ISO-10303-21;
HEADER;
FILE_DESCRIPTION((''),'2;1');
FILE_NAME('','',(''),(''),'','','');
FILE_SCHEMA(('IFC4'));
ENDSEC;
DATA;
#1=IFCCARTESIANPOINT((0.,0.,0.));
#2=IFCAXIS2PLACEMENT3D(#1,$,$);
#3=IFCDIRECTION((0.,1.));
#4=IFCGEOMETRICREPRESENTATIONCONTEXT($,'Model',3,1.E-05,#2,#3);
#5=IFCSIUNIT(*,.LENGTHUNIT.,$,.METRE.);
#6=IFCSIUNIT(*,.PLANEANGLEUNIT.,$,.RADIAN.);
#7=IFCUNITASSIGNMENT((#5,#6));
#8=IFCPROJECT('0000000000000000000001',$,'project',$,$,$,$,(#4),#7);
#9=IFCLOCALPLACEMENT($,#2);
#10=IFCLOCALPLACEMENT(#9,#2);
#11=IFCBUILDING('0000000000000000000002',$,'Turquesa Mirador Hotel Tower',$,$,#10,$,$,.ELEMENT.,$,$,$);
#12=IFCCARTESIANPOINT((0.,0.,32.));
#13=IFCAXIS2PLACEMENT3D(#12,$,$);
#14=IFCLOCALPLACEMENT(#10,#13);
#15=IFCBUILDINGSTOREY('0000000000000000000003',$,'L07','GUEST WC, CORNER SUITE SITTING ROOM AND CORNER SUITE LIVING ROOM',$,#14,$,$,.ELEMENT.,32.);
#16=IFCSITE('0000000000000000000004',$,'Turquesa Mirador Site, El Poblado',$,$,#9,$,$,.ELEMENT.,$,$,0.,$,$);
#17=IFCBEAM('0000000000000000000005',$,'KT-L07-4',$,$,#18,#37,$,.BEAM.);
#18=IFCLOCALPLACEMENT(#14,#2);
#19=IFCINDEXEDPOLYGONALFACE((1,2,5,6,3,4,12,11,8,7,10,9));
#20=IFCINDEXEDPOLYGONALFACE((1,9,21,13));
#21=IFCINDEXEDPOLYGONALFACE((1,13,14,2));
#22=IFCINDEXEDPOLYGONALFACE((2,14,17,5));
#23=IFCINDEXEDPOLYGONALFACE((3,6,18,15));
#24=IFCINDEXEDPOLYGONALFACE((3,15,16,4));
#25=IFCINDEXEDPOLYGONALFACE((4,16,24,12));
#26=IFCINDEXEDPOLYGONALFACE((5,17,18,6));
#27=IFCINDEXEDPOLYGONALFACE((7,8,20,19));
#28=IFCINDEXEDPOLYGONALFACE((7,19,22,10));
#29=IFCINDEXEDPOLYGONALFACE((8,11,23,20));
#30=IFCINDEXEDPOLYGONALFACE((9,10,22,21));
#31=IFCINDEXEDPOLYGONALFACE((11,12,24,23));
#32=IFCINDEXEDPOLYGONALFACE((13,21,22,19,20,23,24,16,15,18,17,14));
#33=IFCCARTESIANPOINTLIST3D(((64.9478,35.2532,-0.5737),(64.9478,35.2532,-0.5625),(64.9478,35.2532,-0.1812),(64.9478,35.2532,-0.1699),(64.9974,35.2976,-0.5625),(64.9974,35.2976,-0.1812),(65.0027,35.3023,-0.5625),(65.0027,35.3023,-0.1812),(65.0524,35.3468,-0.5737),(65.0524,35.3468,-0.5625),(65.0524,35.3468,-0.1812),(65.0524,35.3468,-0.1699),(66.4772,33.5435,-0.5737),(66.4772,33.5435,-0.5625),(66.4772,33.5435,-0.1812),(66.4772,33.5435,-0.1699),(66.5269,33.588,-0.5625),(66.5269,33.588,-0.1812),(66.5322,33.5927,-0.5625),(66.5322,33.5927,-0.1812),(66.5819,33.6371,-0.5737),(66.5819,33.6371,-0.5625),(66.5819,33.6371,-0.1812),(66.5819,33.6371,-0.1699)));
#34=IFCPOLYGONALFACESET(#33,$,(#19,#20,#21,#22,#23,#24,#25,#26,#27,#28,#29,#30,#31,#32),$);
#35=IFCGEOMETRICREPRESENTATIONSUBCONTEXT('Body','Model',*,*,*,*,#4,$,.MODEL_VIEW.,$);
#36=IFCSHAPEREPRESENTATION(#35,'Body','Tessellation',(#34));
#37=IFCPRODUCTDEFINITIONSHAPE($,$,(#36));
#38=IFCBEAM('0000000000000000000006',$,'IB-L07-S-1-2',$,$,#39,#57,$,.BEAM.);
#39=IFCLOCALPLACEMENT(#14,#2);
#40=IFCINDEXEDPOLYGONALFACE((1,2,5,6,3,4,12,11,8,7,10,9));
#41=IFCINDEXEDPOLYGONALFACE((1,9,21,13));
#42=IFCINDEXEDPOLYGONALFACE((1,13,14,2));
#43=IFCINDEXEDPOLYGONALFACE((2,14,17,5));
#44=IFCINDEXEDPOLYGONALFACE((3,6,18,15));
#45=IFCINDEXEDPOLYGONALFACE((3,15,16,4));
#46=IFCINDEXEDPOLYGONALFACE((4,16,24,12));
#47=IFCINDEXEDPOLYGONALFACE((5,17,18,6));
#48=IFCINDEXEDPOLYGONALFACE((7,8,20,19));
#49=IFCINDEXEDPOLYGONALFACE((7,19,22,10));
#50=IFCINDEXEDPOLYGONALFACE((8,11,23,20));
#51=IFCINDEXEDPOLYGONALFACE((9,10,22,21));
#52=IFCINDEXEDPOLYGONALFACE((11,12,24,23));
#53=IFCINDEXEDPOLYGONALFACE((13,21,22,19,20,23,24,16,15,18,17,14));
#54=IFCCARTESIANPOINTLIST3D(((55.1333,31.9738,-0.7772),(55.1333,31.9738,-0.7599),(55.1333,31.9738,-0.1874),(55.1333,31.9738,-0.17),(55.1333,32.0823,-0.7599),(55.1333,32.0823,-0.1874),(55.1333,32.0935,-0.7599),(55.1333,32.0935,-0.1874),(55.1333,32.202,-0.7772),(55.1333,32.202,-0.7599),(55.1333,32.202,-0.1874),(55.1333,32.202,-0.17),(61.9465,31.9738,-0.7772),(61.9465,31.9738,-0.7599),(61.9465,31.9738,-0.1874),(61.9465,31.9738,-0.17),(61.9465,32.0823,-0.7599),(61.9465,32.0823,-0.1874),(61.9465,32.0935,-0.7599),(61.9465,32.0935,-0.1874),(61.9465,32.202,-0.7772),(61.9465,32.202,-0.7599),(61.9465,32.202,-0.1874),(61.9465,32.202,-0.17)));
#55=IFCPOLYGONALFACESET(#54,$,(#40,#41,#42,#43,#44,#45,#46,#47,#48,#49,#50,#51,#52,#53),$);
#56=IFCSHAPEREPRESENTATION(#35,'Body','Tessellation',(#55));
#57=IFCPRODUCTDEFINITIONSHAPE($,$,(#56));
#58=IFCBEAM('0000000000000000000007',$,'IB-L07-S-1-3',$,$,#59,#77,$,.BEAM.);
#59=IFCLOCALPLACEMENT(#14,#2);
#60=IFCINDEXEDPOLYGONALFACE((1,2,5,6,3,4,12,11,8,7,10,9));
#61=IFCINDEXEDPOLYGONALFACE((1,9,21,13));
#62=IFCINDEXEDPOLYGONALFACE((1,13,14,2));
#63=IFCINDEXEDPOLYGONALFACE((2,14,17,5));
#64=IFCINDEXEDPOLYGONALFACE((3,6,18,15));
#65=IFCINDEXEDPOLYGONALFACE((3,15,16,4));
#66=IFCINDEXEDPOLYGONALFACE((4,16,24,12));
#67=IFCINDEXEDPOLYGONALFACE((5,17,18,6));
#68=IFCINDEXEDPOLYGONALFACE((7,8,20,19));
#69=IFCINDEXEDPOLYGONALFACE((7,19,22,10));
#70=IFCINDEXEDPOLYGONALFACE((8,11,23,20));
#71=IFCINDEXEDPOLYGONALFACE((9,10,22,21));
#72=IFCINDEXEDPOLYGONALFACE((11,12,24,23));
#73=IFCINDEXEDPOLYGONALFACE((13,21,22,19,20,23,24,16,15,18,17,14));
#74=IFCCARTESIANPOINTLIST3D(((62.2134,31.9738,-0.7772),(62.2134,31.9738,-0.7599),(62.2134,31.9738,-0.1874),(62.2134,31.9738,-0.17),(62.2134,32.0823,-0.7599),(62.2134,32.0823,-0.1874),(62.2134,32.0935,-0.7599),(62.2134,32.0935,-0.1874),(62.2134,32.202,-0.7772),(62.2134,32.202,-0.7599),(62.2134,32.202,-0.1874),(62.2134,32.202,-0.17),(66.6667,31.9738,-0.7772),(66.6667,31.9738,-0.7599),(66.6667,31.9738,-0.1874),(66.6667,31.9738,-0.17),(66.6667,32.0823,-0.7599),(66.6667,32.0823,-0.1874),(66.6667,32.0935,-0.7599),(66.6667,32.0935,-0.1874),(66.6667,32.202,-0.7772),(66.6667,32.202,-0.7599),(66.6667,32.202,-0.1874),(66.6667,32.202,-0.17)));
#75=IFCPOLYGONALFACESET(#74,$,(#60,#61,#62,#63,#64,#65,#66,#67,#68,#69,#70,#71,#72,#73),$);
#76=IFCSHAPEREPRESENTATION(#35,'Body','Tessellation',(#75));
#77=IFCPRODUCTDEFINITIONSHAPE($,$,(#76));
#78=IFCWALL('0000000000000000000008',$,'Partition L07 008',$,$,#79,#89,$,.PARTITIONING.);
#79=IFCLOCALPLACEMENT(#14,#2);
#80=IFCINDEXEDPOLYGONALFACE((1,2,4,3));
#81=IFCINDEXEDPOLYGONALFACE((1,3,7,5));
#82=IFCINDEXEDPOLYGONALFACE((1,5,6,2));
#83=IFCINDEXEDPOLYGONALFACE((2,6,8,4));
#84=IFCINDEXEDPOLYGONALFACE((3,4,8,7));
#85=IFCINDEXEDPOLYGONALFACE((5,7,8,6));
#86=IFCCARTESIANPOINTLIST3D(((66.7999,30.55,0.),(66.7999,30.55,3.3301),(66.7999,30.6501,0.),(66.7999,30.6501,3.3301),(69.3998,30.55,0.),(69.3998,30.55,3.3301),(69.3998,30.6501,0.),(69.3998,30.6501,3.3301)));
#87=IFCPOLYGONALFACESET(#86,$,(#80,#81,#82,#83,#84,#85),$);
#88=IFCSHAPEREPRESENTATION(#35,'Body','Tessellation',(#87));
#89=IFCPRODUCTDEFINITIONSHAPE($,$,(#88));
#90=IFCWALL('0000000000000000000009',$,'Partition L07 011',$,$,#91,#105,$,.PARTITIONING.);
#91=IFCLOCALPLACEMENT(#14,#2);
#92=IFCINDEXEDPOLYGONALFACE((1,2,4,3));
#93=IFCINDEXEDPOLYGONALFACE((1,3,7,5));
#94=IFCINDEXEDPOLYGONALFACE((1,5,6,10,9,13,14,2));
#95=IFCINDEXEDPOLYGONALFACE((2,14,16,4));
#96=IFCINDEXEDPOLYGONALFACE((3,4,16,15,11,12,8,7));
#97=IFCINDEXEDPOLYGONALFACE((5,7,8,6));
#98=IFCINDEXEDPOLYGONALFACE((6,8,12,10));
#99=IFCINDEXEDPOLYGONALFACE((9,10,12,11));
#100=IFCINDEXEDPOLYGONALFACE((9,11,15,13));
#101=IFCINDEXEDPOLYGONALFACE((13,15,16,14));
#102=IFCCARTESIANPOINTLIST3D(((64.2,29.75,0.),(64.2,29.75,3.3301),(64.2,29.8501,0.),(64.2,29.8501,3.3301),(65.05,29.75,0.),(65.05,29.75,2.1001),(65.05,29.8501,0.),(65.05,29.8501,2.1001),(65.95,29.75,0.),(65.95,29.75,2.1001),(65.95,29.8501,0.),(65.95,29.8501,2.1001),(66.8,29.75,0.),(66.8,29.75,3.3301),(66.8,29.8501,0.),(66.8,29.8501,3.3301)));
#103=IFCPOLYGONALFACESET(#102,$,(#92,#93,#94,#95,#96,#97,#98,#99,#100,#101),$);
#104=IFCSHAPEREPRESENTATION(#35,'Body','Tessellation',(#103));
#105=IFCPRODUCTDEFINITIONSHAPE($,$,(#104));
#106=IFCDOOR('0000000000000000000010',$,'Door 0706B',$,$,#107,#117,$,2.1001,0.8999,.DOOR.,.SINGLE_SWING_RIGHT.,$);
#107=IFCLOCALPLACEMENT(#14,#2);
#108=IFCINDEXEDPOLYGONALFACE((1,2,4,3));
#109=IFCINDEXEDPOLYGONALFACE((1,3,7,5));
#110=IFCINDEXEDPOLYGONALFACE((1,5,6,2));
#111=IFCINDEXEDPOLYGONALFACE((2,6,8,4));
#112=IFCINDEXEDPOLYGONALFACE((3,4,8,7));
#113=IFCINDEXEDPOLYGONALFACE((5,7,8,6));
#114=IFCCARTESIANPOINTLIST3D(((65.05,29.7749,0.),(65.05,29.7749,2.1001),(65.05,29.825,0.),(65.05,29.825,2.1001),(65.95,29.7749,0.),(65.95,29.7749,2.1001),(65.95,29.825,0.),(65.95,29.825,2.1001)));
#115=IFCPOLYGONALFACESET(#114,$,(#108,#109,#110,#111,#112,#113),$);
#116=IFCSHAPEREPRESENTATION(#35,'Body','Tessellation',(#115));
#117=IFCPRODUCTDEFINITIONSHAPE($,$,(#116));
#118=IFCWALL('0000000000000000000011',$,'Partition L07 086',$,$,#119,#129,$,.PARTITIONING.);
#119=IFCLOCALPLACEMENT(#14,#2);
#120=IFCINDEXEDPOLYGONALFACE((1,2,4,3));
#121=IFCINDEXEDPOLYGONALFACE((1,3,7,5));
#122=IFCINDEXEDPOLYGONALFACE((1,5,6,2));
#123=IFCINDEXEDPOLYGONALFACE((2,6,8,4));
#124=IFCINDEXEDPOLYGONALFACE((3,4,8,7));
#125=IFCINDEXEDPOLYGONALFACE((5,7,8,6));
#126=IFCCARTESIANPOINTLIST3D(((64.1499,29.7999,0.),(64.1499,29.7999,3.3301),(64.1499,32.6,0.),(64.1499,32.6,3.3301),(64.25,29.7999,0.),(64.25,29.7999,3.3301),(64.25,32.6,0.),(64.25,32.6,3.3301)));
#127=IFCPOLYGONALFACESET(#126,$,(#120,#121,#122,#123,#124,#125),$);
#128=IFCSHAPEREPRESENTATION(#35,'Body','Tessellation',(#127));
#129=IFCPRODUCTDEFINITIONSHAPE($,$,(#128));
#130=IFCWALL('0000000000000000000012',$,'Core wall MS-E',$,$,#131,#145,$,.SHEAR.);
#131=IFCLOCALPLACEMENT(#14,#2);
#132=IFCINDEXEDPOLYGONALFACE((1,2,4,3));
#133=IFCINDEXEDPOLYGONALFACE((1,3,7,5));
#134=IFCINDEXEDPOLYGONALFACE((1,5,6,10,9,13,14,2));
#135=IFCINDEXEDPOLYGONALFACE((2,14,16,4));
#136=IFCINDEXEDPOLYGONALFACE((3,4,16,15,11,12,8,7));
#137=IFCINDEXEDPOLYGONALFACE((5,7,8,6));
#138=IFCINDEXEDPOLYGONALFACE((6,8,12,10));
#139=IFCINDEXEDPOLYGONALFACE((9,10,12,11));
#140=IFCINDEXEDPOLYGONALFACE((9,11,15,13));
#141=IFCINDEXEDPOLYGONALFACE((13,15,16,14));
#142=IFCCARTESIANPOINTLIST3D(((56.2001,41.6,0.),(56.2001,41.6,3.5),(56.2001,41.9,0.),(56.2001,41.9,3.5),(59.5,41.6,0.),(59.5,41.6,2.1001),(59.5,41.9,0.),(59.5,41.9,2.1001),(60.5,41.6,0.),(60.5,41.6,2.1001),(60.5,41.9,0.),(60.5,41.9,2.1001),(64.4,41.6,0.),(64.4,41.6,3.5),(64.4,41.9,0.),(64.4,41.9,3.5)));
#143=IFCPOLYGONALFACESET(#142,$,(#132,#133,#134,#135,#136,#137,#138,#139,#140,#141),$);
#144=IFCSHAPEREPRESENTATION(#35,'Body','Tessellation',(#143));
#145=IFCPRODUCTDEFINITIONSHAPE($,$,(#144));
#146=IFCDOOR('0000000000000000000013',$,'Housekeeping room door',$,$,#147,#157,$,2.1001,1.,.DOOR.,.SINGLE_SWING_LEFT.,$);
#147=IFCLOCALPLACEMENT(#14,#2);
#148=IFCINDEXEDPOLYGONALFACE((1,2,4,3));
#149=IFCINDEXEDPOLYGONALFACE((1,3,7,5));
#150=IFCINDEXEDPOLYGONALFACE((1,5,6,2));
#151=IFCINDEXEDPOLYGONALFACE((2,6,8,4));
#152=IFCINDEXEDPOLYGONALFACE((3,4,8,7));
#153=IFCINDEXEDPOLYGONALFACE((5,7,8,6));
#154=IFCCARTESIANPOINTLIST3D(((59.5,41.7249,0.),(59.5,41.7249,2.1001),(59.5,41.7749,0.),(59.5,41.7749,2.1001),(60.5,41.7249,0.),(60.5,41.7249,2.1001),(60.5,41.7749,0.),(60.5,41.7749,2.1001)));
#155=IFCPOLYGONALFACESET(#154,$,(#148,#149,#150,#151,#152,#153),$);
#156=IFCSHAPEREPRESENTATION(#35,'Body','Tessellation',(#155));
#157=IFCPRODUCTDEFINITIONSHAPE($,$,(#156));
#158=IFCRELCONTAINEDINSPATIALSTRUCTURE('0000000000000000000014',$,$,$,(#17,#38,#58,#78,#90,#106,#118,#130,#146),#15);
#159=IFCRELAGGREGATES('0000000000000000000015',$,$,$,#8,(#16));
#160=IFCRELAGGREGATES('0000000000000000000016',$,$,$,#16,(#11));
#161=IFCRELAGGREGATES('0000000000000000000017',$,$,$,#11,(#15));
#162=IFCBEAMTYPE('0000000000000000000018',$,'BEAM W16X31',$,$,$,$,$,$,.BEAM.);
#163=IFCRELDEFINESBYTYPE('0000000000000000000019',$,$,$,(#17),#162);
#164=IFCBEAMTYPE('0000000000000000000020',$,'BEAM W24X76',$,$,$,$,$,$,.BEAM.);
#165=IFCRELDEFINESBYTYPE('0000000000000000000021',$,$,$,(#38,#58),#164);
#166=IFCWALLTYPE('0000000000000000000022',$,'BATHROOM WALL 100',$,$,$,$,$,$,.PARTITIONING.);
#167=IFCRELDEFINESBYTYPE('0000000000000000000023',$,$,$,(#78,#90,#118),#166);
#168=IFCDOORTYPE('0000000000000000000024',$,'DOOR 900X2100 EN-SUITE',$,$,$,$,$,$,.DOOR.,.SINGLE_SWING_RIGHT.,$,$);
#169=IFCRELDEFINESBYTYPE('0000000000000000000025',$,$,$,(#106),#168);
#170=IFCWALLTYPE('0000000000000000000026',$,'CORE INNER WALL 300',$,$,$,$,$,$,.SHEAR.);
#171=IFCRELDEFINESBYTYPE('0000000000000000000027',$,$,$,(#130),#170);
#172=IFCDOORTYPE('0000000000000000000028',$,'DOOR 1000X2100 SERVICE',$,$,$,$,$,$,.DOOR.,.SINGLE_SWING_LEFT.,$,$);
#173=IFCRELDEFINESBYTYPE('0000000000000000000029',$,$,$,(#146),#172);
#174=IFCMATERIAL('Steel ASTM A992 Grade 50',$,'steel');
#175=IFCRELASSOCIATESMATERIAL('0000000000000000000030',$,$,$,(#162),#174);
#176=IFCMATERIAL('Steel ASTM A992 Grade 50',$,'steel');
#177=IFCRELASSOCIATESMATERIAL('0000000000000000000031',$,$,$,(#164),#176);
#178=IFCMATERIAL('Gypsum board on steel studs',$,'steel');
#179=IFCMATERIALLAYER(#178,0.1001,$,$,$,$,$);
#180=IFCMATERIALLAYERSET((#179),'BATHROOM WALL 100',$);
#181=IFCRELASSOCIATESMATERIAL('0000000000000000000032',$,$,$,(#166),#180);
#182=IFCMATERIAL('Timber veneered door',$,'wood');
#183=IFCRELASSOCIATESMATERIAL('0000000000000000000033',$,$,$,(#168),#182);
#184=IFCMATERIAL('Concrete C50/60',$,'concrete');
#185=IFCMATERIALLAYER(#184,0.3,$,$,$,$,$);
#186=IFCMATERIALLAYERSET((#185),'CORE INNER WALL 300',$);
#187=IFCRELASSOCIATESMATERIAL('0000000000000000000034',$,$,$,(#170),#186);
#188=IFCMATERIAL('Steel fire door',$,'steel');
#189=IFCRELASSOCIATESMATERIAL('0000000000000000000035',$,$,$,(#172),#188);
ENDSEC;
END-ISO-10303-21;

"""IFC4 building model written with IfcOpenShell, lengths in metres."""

from ifc_helpers import new_model, si_unit, direction, frame, frame_2d, origin, origin_2d, place, context, subcontext, project, spatial, rectangle, i_section, extrude, material, layer, layer_set, material_profile, profile_set, type_object, element, fill, save


model = new_model("IFC4")

# Units and contexts
model_context = context("Model", 3, precision=1e-05, world=origin(), true_north=direction((0.0, 1.0)))
body_context = subcontext(model_context, "Body", "Model", "MODEL_VIEW")
ifc_project = project(units=[si_unit("LENGTHUNIT", "METRE"), si_unit("PLANEANGLEUNIT", "RADIAN")], contexts=[model_context])

# Site, building, storey
site_placement = place(None, origin())
site = spatial("IfcSite", under=ifc_project, at=site_placement, Name="Turquesa Mirador Site, El Poblado", CompositionType="ELEMENT", RefElevation=0.0)
building_placement = place(site_placement, origin())
building = spatial("IfcBuilding", under=site, at=building_placement, Name="Turquesa Mirador Hotel Tower", CompositionType="ELEMENT")
storey_placement = place(building_placement, frame((0.0, 0.0, 32.0)))
storey = spatial("IfcBuildingStorey", under=building, at=storey_placement, Name="L07", Description="GUEST WC, CORNER SUITE SITTING ROOM AND CORNER SUITE LIVING ROOM", CompositionType="ELEMENT", Elevation=32.0)

# Beams
ifc_material_1 = material(Name="Steel ASTM A992 Grade 50", Category="steel")
ifc_material_profile_1 = material_profile(ifc_material_1, i_section(OverallWidth=0.1404, OverallDepth=0.4038, WebThickness=0.0071, FlangeThickness=0.0112, at=origin_2d()), Name="W16X31")
ifc_profile_set_1 = profile_set([ifc_material_profile_1], Name="Steel ASTM A992 Grade 50")
beam_type_1 = type_object("IfcBeamType", Name="BEAM W16X31", PredefinedType="BEAM", material=ifc_profile_set_1)
beam_1_placement = place(storey_placement, frame((66.5295, 33.5903, -0.3718), z_axis=(-0.666745, 0.745286, 0.0), x_axis=(-0.745286, -0.666745, 0.0)))
element("IfcBeam", 1, at=beam_1_placement, inside=storey, type_object=beam_type_1, Name="KT-L07-4", PredefinedType="BEAM", context=body_context, shape_type="SweptSolid", body=[
    extrude(i_section(OverallWidth=0.1404, OverallDepth=0.4038, WebThickness=0.0071, FlangeThickness=0.0112, at=origin_2d()), origin(), (0.0, 0.0, 1.0), 2.2939),
])
ifc_material_2 = material(Name="Steel ASTM A992 Grade 50", Category="steel")
ifc_material_profile_2 = material_profile(ifc_material_2, i_section(OverallWidth=0.2283, OverallDepth=0.6072, WebThickness=0.0112, FlangeThickness=0.0173, at=origin_2d()), Name="W24X76")
ifc_profile_set_2 = profile_set([ifc_material_profile_2], Name="Steel ASTM A992 Grade 50")
beam_type_2 = type_object("IfcBeamType", Name="BEAM W24X76", PredefinedType="BEAM", material=ifc_profile_set_2)
beam_2_placement = place(storey_placement, frame((55.1333, 32.0879, -0.4736), z_axis=(1.0, 0.0, 0.0), x_axis=(0.0, 1.0, 0.0)))
element("IfcBeam", 2, at=beam_2_placement, inside=storey, type_object=beam_type_2, Name="IB-L07-S-1-2", PredefinedType="BEAM", context=body_context, shape_type="SweptSolid", body=[
    extrude(i_section(OverallWidth=0.2283, OverallDepth=0.6072, WebThickness=0.0112, FlangeThickness=0.0173, at=origin_2d()), origin(), (0.0, 0.0, 1.0), 6.8132),
])
beam_3_placement = place(storey_placement, frame((62.2134, 32.0879, -0.4736), z_axis=(1.0, 0.0, 0.0), x_axis=(0.0, 1.0, 0.0)))
element("IfcBeam", 3, at=beam_3_placement, inside=storey, type_object=beam_type_2, Name="IB-L07-S-1-3", PredefinedType="BEAM", context=body_context, shape_type="SweptSolid", body=[
    extrude(i_section(OverallWidth=0.2283, OverallDepth=0.6072, WebThickness=0.0112, FlangeThickness=0.0173, at=origin_2d()), origin(), (0.0, 0.0, 1.0), 4.4534),
])

# Wall
ifc_material_3 = material(Name="Gypsum board on steel studs", Category="steel")
ifc_layer_1 = layer(ifc_material_3, 0.1001)
ifc_layer_set_1 = layer_set([ifc_layer_1], Name="BATHROOM WALL 100")
wall_type_1 = type_object("IfcWallType", Name="BATHROOM WALL 100", PredefinedType="PARTITIONING", material=ifc_layer_set_1)
wall_1_placement = place(storey_placement, frame((66.8, 30.6001, 0.0), z_axis=(0.0, 0.0, 1.0), x_axis=(1.0, 0.0, 0.0)))
element("IfcWall", 4, at=wall_1_placement, inside=storey, type_object=wall_type_1, Name="Partition L07 008", PredefinedType="PARTITIONING", context=body_context, shape_type="SweptSolid", body=[
    extrude(rectangle(XDim=2.5999, YDim=0.1001, at=frame_2d((1.2998, 0.0))), origin(), (0.0, 0.0, 1.0), 3.3301),
])

# Wall, opening, door
wall_2_placement = place(storey_placement, frame((64.2, 29.8, 0.0), z_axis=(0.0, 0.0, 1.0), x_axis=(1.0, 0.0, 0.0)))
wall_2 = element("IfcWall", 5, at=wall_2_placement, inside=storey, type_object=wall_type_1, Name="Partition L07 011", PredefinedType="PARTITIONING", context=body_context, shape_type="SweptSolid", body=[
    extrude(rectangle(XDim=2.6001, YDim=0.1001, at=frame_2d((1.3, 0.0))), origin(), (0.0, 0.0, 1.0), 3.3301),
])
opening_1_placement = place(wall_2_placement, frame((0.8501, 0.0, 0.0)))
opening_1 = element("IfcOpeningElement", 6, at=opening_1_placement, cuts=wall_2, PredefinedType="OPENING", context=body_context, shape_type="SweptSolid", body=[
    extrude(rectangle(XDim=0.8999, YDim=2.1001, at=frame_2d((0.45, 1.05))), frame((0.0, 0.0601, 0.0), z_axis=(0.0, -1.0, 0.0), x_axis=(1.0, 0.0, 0.0)), (0.0, 0.0, 1.0), 0.1201),
])
ifc_material_4 = material(Name="Timber veneered door", Category="wood")
door_type_1 = type_object("IfcDoorType", Name="DOOR 900X2100 EN-SUITE", OperationType="SINGLE_SWING_RIGHT", PredefinedType="DOOR", material=ifc_material_4)
door_1_placement = place(opening_1_placement, origin())
door_1 = element("IfcDoor", 7, at=door_1_placement, inside=storey, type_object=door_type_1, Name="Door 0706B", OperationType="SINGLE_SWING_RIGHT", OverallHeight=2.1001, OverallWidth=0.8999, PredefinedType="DOOR", context=body_context, shape_type="SweptSolid", body=[
    extrude(rectangle(XDim=0.8999, YDim=2.1001, at=frame_2d((0.45, 1.05))), frame((0.0, 0.0249, 0.0), z_axis=(0.0, -1.0, 0.0), x_axis=(1.0, 0.0, 0.0)), (0.0, 0.0, 1.0), 0.05),
])
fill(opening_1, door_1)

# Wall
wall_3_placement = place(storey_placement, frame((64.2, 29.8, 0.0), z_axis=(0.0, 0.0, 1.0), x_axis=(0.0, 1.0, 0.0)))
element("IfcWall", 8, at=wall_3_placement, inside=storey, type_object=wall_type_1, Name="Partition L07 086", PredefinedType="PARTITIONING", context=body_context, shape_type="SweptSolid", body=[
    extrude(rectangle(XDim=2.8, YDim=0.1001, at=frame_2d((1.3999, 0.0))), origin(), (0.0, 0.0, 1.0), 3.3301),
])

# Wall, opening, door
ifc_material_5 = material(Name="Concrete C50/60", Category="concrete")
ifc_layer_2 = layer(ifc_material_5, 0.3)
ifc_layer_set_2 = layer_set([ifc_layer_2], Name="CORE INNER WALL 300")
wall_type_2 = type_object("IfcWallType", Name="CORE INNER WALL 300", PredefinedType="SHEAR", material=ifc_layer_set_2)
wall_4_placement = place(storey_placement, frame((56.2, 41.75, 0.0), z_axis=(0.0, 0.0, 1.0), x_axis=(1.0, 0.0, 0.0)))
wall_4 = element("IfcWall", 9, at=wall_4_placement, inside=storey, type_object=wall_type_2, Name="Core wall MS-E", PredefinedType="SHEAR", context=body_context, shape_type="SweptSolid", body=[
    extrude(rectangle(XDim=8.2, YDim=0.3, at=frame_2d((4.1001, 0.0))), origin(), (0.0, 0.0, 1.0), 3.5),
])
opening_2_placement = place(wall_4_placement, frame((3.3, 0.0, 0.0)))
opening_2 = element("IfcOpeningElement", 10, at=opening_2_placement, cuts=wall_4, PredefinedType="OPENING", context=body_context, shape_type="SweptSolid", body=[
    extrude(rectangle(XDim=1.0, YDim=2.1001, at=frame_2d((0.5, 1.05))), frame((0.0, 0.1599, 0.0), z_axis=(0.0, -1.0, 0.0), x_axis=(1.0, 0.0, 0.0)), (0.0, 0.0, 1.0), 0.3201),
])
ifc_material_6 = material(Name="Steel fire door", Category="steel")
door_type_2 = type_object("IfcDoorType", Name="DOOR 1000X2100 SERVICE", OperationType="SINGLE_SWING_LEFT", PredefinedType="DOOR", material=ifc_material_6)
door_2_placement = place(opening_2_placement, origin())
door_2 = element("IfcDoor", 11, at=door_2_placement, inside=storey, type_object=door_type_2, Name="Housekeeping room door", OperationType="SINGLE_SWING_LEFT", OverallHeight=2.1001, OverallWidth=1.0, PredefinedType="DOOR", context=body_context, shape_type="SweptSolid", body=[
    extrude(rectangle(XDim=1.0, YDim=2.1001, at=frame_2d((0.5, 1.05))), frame((0.0, 0.0249, 0.0), z_axis=(0.0, -1.0, 0.0), x_axis=(1.0, 0.0, 0.0)), (0.0, 0.0, 1.0), 0.05),
])
fill(opening_2, door_2)

save(model, "model.ifc")
